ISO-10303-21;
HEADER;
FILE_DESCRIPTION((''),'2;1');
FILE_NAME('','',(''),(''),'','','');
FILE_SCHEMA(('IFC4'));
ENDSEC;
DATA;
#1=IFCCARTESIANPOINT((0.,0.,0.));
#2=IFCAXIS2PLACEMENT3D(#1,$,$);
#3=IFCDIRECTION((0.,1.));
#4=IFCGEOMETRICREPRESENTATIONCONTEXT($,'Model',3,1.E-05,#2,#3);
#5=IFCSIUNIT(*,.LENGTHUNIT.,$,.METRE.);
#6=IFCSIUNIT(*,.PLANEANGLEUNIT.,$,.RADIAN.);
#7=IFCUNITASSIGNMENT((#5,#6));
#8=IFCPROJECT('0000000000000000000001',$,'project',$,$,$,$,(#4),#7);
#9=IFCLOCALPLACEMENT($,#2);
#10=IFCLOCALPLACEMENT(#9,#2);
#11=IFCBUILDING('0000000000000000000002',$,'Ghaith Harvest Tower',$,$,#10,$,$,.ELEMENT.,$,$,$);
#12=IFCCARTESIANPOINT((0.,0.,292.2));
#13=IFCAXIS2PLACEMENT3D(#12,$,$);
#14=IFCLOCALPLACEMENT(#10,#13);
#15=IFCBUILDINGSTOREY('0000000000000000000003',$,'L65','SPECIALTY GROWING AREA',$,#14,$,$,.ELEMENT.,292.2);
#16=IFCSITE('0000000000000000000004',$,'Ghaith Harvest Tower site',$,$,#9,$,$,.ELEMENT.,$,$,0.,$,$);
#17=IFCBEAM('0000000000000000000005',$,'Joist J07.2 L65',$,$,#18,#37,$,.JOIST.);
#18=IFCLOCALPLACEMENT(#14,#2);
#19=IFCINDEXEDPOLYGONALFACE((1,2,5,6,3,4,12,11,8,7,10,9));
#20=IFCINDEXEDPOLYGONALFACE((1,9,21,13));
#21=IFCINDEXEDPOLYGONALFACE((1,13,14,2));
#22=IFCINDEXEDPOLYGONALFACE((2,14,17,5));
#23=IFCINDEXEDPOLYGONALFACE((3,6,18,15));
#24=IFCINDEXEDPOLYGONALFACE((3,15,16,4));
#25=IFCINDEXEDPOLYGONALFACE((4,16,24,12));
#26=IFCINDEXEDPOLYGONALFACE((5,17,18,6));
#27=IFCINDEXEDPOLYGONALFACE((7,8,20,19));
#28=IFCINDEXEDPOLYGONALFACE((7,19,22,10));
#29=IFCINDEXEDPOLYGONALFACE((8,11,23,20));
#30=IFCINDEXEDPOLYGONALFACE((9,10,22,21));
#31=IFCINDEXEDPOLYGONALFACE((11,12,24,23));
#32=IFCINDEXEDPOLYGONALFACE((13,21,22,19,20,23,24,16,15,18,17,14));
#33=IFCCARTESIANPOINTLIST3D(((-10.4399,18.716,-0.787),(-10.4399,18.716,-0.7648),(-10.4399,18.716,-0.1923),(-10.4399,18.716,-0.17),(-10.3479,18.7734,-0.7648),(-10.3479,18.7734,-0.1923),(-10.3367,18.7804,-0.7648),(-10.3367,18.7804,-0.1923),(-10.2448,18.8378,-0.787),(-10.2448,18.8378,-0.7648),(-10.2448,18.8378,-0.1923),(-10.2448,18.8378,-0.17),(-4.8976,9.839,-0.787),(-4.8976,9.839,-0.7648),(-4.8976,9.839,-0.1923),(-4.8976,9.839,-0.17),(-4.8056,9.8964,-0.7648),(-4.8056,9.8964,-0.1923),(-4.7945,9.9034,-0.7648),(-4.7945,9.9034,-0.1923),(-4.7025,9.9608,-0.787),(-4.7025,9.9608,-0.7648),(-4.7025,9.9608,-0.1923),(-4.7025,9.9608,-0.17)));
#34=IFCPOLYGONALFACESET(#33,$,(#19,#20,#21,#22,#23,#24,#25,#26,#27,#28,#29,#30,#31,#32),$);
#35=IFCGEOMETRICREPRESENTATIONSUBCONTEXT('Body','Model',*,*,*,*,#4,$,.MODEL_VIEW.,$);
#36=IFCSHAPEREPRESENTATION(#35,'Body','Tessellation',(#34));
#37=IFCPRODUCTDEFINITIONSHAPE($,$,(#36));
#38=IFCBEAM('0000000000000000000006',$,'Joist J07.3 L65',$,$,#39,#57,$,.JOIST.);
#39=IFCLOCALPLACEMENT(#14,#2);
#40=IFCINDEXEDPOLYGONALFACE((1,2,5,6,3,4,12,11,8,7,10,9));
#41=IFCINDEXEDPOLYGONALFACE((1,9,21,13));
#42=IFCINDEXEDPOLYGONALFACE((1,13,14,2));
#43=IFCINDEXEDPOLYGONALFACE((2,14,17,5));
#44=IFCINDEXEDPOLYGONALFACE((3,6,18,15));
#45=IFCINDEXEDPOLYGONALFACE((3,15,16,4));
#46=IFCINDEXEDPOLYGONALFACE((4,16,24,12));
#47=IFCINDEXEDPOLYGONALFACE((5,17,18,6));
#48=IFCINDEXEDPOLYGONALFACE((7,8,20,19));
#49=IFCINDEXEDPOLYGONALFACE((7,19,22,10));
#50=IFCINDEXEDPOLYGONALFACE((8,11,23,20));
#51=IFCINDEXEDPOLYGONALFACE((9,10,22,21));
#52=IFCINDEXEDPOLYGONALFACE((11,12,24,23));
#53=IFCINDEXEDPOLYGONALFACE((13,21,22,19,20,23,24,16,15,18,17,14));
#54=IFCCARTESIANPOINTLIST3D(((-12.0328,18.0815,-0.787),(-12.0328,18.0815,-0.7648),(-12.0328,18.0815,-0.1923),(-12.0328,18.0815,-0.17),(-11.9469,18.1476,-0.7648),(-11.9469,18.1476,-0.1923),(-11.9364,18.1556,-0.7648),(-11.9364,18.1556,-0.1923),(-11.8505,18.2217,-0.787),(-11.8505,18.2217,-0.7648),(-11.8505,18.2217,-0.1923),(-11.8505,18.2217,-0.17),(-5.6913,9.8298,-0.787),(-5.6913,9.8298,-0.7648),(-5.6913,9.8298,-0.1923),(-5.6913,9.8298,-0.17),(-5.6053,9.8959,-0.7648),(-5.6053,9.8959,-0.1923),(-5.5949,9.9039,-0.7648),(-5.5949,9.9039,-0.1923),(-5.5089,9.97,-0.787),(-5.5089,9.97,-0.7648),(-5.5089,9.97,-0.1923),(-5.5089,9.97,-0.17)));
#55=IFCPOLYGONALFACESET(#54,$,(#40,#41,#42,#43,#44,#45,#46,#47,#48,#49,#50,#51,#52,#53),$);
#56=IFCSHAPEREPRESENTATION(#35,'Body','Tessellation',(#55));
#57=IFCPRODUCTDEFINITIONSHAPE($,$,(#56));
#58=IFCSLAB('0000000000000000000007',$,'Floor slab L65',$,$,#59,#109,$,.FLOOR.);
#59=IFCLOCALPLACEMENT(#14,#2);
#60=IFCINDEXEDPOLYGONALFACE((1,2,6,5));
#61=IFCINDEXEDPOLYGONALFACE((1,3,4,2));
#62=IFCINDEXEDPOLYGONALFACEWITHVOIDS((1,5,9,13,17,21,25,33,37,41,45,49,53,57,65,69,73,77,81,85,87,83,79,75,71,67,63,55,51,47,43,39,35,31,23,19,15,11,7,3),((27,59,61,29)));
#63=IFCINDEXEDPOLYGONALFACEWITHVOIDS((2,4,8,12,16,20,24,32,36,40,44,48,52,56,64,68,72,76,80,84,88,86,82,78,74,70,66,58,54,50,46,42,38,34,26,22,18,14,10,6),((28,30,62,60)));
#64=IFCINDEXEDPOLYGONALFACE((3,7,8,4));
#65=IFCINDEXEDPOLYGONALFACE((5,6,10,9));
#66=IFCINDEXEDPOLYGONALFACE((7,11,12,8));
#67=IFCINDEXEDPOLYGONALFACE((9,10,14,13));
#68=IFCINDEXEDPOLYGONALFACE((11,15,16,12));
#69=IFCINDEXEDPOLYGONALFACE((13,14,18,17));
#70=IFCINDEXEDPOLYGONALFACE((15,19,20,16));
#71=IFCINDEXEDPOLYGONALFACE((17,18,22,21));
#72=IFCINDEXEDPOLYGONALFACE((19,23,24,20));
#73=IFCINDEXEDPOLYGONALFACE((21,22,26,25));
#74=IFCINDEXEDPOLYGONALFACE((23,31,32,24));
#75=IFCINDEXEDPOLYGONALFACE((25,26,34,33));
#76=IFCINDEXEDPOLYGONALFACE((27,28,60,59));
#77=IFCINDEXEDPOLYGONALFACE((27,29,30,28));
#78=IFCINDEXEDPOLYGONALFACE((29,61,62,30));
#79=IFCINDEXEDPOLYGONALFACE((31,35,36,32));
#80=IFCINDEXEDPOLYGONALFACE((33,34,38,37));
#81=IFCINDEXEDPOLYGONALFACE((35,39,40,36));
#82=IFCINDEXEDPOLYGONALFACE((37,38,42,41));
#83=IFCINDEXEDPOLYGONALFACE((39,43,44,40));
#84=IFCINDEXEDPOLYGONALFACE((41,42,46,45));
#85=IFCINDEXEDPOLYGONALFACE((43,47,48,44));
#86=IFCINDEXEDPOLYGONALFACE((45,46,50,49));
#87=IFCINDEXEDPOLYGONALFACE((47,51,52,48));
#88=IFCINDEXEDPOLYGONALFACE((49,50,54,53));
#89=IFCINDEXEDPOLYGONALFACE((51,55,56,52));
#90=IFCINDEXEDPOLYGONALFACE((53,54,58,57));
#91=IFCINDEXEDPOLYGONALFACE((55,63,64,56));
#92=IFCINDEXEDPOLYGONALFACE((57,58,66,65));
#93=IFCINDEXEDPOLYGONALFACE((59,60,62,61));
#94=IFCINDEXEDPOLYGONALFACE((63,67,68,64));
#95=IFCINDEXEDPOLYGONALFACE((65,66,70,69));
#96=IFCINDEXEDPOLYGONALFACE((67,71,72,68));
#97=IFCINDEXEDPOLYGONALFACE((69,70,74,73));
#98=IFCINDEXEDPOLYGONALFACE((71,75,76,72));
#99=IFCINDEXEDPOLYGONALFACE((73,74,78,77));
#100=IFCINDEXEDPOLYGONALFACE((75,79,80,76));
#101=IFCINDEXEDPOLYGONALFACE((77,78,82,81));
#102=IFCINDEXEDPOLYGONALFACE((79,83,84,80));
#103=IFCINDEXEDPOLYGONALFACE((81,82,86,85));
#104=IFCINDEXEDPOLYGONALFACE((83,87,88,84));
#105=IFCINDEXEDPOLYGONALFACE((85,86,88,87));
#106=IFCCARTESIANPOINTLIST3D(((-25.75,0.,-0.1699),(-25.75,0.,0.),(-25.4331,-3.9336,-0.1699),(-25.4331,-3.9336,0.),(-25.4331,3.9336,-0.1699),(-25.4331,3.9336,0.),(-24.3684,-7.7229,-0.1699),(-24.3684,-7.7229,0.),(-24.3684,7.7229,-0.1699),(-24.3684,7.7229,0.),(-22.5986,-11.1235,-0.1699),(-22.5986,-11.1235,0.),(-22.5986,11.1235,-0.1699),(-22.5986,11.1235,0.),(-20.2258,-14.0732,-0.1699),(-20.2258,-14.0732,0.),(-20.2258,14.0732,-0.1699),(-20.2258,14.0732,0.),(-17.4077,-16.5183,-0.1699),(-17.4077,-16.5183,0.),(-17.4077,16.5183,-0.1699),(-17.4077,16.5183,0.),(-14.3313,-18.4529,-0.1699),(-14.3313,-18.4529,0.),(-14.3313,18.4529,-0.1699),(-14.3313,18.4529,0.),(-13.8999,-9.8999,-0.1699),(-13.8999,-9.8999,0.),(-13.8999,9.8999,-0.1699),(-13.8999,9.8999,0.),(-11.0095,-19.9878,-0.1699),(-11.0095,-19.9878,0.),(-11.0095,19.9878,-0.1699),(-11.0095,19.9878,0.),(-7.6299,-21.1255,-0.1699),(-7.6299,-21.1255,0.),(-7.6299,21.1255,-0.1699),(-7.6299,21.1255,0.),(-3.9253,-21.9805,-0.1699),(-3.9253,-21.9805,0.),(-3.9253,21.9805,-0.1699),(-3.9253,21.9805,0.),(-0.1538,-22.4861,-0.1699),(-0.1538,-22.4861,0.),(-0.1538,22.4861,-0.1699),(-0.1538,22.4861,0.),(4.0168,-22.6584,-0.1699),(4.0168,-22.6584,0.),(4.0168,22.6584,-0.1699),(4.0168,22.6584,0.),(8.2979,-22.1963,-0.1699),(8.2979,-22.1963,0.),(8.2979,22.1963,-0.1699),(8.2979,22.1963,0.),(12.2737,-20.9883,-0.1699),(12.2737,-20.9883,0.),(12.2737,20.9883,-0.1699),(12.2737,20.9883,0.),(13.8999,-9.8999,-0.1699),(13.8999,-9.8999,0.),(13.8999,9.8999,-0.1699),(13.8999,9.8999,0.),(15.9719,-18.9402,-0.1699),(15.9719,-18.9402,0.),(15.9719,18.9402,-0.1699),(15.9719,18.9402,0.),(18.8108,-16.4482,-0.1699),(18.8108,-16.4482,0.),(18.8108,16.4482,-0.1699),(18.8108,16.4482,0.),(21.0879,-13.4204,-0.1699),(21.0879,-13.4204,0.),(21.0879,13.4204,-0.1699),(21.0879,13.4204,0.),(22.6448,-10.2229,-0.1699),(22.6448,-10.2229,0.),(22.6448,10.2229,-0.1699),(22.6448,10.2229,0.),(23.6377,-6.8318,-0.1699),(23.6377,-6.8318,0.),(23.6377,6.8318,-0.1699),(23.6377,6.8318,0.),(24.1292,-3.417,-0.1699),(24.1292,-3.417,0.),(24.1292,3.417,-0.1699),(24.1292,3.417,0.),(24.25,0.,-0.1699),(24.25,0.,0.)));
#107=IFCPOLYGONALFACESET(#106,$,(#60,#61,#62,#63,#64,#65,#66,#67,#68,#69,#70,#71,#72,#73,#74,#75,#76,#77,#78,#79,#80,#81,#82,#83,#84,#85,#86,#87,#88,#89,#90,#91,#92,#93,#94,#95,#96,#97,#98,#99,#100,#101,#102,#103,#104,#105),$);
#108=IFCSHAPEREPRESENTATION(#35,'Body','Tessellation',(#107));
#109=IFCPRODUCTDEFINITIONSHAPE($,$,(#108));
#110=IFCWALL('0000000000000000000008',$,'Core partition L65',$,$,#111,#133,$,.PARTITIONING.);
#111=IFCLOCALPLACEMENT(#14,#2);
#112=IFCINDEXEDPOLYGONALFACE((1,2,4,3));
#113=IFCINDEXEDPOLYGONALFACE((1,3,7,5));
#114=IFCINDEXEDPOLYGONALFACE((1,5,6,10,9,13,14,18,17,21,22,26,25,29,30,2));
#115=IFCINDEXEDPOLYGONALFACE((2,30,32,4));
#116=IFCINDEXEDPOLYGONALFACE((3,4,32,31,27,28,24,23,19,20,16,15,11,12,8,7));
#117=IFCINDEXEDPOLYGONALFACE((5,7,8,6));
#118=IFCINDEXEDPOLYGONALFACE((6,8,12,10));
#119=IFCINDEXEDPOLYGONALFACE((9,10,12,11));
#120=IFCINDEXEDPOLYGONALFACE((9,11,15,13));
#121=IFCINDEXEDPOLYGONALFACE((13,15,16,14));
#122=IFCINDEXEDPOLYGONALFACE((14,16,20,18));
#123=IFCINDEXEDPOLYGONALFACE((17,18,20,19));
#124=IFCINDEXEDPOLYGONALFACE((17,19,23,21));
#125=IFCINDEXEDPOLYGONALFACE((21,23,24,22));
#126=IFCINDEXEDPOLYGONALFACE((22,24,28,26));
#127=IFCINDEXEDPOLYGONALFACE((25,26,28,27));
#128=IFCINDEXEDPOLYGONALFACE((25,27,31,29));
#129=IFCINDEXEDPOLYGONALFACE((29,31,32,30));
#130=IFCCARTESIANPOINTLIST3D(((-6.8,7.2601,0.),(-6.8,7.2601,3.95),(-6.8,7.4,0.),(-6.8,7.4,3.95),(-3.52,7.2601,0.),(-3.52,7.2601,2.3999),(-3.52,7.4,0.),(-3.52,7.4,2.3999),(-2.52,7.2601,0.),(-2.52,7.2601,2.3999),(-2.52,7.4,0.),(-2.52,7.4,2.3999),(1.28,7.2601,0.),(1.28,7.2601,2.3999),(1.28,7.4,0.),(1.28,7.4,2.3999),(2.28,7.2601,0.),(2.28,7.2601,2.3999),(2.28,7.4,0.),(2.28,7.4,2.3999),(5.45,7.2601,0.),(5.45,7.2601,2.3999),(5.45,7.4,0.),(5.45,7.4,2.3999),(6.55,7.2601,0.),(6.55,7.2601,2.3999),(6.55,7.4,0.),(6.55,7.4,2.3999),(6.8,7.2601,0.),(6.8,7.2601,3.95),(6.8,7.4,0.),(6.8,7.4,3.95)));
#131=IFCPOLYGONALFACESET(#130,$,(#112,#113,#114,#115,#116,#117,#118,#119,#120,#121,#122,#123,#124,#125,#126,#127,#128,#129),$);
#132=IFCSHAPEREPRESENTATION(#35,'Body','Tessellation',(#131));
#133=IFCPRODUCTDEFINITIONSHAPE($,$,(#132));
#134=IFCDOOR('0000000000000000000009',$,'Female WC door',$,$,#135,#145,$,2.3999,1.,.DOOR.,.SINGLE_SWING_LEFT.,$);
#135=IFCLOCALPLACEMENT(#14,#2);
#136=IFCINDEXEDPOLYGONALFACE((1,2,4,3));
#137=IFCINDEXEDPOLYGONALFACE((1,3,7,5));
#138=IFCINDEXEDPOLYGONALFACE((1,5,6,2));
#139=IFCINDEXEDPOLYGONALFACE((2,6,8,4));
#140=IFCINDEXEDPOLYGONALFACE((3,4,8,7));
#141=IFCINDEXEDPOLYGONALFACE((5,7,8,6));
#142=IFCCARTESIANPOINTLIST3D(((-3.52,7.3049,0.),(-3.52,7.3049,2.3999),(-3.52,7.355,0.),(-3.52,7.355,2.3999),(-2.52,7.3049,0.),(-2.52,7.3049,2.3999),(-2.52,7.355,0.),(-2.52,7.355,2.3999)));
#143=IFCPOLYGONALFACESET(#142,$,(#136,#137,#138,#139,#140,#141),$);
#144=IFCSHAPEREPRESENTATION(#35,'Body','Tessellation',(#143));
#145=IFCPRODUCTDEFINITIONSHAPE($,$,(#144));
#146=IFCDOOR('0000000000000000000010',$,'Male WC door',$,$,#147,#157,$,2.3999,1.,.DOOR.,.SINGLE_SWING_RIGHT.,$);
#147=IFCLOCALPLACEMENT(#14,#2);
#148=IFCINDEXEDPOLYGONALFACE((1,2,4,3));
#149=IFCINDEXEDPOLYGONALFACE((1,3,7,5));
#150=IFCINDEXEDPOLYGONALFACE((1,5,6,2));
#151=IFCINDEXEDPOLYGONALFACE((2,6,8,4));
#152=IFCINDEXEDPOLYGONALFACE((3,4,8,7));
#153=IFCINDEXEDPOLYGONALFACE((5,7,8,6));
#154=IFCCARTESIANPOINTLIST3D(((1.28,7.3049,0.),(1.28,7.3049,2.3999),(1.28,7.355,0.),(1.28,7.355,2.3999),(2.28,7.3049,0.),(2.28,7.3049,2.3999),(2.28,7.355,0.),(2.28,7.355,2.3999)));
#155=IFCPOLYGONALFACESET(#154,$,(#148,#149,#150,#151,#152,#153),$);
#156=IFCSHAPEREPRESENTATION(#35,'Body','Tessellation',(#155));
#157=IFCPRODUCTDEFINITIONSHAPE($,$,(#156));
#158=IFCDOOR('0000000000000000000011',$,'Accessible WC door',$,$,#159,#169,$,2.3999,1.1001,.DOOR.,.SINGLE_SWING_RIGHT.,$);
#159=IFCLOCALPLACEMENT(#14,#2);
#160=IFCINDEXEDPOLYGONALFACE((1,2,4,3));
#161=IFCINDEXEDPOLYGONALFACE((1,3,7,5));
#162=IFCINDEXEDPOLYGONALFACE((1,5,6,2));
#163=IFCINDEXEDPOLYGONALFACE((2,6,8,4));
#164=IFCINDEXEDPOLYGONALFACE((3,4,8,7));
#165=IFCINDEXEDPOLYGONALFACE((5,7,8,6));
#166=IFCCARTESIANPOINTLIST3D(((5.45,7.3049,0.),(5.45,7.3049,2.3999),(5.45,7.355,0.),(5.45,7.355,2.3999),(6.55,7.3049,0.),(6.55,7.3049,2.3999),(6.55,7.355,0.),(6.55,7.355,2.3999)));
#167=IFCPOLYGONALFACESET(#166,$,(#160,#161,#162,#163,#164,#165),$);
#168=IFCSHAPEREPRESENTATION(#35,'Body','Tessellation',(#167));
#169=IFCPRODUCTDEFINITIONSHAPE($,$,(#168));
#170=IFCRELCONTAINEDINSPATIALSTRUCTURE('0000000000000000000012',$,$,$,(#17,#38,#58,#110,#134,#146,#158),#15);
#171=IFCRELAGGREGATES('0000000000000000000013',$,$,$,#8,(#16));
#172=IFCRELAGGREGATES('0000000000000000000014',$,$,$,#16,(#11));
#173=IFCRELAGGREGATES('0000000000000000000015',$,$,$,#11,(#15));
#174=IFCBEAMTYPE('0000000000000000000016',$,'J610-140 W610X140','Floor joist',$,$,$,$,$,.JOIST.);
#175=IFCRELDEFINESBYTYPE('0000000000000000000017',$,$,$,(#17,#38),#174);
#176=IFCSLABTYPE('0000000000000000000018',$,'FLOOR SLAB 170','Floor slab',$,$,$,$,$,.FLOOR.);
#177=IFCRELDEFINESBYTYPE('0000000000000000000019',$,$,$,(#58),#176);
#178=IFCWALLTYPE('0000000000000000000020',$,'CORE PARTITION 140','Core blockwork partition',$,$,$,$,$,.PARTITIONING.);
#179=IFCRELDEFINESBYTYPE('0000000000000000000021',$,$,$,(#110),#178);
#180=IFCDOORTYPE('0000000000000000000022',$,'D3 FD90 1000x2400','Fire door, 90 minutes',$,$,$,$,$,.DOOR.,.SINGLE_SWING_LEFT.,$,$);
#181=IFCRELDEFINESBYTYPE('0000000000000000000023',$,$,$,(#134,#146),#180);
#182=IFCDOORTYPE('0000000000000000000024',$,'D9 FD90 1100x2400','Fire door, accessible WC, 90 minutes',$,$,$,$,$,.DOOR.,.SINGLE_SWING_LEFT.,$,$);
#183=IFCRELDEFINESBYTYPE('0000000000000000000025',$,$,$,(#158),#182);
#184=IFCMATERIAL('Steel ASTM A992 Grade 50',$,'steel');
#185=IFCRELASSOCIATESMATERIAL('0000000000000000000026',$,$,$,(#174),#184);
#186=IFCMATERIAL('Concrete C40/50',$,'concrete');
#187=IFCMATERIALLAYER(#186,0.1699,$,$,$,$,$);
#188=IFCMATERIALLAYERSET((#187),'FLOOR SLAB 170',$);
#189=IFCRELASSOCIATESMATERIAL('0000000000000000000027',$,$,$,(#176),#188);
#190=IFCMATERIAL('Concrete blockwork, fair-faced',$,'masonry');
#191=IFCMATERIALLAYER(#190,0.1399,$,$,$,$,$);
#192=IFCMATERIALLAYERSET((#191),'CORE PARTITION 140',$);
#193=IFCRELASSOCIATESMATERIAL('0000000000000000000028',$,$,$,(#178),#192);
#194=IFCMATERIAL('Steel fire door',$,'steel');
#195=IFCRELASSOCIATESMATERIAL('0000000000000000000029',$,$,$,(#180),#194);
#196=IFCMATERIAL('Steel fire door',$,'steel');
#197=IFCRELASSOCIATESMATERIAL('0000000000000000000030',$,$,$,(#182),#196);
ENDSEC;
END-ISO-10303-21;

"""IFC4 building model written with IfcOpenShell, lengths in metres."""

from ifc_helpers import new_model, si_unit, direction, frame, frame_2d, origin, origin_2d, place, context, subcontext, project, spatial, polyline, rectangle, i_section, outline, extrude, material, layer, layer_set, material_profile, profile_set, type_object, element, fill, save


model = new_model("IFC4")

# Units and contexts
model_context = context("Model", 3, precision=1e-05, world=origin(), true_north=direction((0.0, 1.0)))
body_context = subcontext(model_context, "Body", "Model", "MODEL_VIEW")
ifc_project = project(units=[si_unit("LENGTHUNIT", "METRE"), si_unit("PLANEANGLEUNIT", "RADIAN")], contexts=[model_context])

# Site, building, storey
site_placement = place(None, origin())
site = spatial("IfcSite", under=ifc_project, at=site_placement, Name="Ghaith Harvest Tower site", CompositionType="ELEMENT", RefElevation=0.0)
building_placement = place(site_placement, origin())
building = spatial("IfcBuilding", under=site, at=building_placement, Name="Ghaith Harvest Tower", CompositionType="ELEMENT")
storey_placement = place(building_placement, frame((0.0, 0.0, 292.2)))
storey = spatial("IfcBuildingStorey", under=building, at=storey_placement, Name="L65", Description="SPECIALTY GROWING AREA", CompositionType="ELEMENT", Elevation=292.2)

# Beams
ifc_material_1 = material(Name="Steel ASTM A992 Grade 50", Category="steel")
ifc_material_profile_1 = material_profile(ifc_material_1, i_section(OverallWidth=0.23, OverallDepth=0.6169, WebThickness=0.0132, FlangeThickness=0.0222, at=origin_2d()), Name="W610X140")
ifc_profile_set_1 = profile_set([ifc_material_profile_1], Name="Steel ASTM A992 Grade 50")
beam_type_1 = type_object("IfcBeamType", Name="J610-140 W610X140", Description="Floor joist", PredefinedType="JOIST", material=ifc_profile_set_1)
beam_1_placement = place(storey_placement, frame((-4.8, 9.8999, -0.4785), z_axis=(-0.529596, 0.84825, 0.0), x_axis=(-0.84825, -0.529596, 0.0)))
element("IfcBeam", 1, at=beam_1_placement, inside=storey, type_object=beam_type_1, Name="Joist J07.2 L65", PredefinedType="JOIST", context=body_context, shape_type="SweptSolid", body=[
    extrude(i_section(OverallWidth=0.23, OverallDepth=0.6169, WebThickness=0.0132, FlangeThickness=0.0222, at=origin_2d()), origin(), (0.0, 0.0, 1.0), 10.4651),
])
beam_2_placement = place(storey_placement, frame((-5.6001, 9.8999, -0.4785), z_axis=(-0.609354, 0.792899, 0.0), x_axis=(-0.792899, -0.609354, 0.0)))
element("IfcBeam", 2, at=beam_2_placement, inside=storey, type_object=beam_type_1, Name="Joist J07.3 L65", PredefinedType="JOIST", context=body_context, shape_type="SweptSolid", body=[
    extrude(i_section(OverallWidth=0.23, OverallDepth=0.6169, WebThickness=0.0132, FlangeThickness=0.0222, at=origin_2d()), origin(), (0.0, 0.0, 1.0), 10.407),
])

# Slab
ifc_material_2 = material(Name="Concrete C40/50", Category="concrete")
ifc_layer_1 = layer(ifc_material_2, 0.1699)
ifc_layer_set_1 = layer_set([ifc_layer_1], Name="FLOOR SLAB 170")
slab_type = type_object("IfcSlabType", Name="FLOOR SLAB 170", Description="Floor slab", PredefinedType="FLOOR", material=ifc_layer_set_1)
slab_placement = place(storey_placement, frame((0.0, 0.0, -0.1699)))
element("IfcSlab", 3, at=slab_placement, inside=storey, type_object=slab_type, Name="Floor slab L65", PredefinedType="FLOOR", context=body_context, shape_type="SweptSolid", body=[
    extrude(outline(polyline([(24.25, 0.0), (24.1292, 3.417), (23.6377, 6.8318), (22.6448, 10.2229), (21.0879, 13.4204), (18.8108, 16.4482), (15.9719, 18.9402), (12.2737, 20.9883), (8.2979, 22.1963), (4.0168, 22.6584), (-0.1538, 22.4861), (-3.9253, 21.9805), (-7.6299, 21.1255), (-11.0095, 19.9878), (-14.3313, 18.4529), (-17.4077, 16.5183), (-20.2258, 14.0732), (-22.5986, 11.1235), (-24.3684, 7.7229), (-25.4331, 3.9336), (-25.75, 0.0), (-25.4331, -3.9336), (-24.3684, -7.7229), (-22.5986, -11.1235), (-20.2258, -14.0732), (-17.4077, -16.5183), (-14.3313, -18.4529), (-11.0095, -19.9878), (-7.6299, -21.1255), (-3.9253, -21.9805), (-0.1538, -22.4861), (4.0168, -22.6584), (8.2979, -22.1963), (12.2737, -20.9883), (15.9719, -18.9402), (18.8108, -16.4482), (21.0879, -13.4204), (22.6448, -10.2229), (23.6377, -6.8318), (24.1292, -3.417), (24.25, 0.0)]), holes=[polyline([(-13.8999, -9.8999), (13.8999, -9.8999), (13.8999, 9.8999), (-13.8999, 9.8999), (-13.8999, -9.8999)])]), origin(), (0.0, 0.0, 1.0), 0.1699),
])

# Wall, openings, doors
ifc_material_3 = material(Name="Concrete blockwork, fair-faced", Category="masonry")
ifc_layer_2 = layer(ifc_material_3, 0.1399)
ifc_layer_set_2 = layer_set([ifc_layer_2], Name="CORE PARTITION 140")
wall_type_1 = type_object("IfcWallType", Name="CORE PARTITION 140", Description="Core blockwork partition", PredefinedType="PARTITIONING", material=ifc_layer_set_2)
wall_1_placement = place(storey_placement, frame((-6.8, 7.3301, 0.0), z_axis=(0.0, 0.0, 1.0), x_axis=(1.0, 0.0, 0.0)))
wall_1 = element("IfcWall", 4, at=wall_1_placement, inside=storey, type_object=wall_type_1, Name="Core partition L65", PredefinedType="PARTITIONING", context=body_context, shape_type="SweptSolid", body=[
    extrude(rectangle(XDim=13.6001, YDim=0.1399, at=frame_2d((6.8, 0.0))), origin(), (0.0, 0.0, 1.0), 3.95),
])
opening_1_placement = place(wall_1_placement, frame((3.28, 0.0, 0.0)))
opening_1 = element("IfcOpeningElement", 5, at=opening_1_placement, cuts=wall_1, PredefinedType="OPENING", context=body_context, shape_type="SweptSolid", body=[
    extrude(rectangle(XDim=1.0, YDim=2.3999, at=frame_2d((0.5, 1.2))), frame((0.0, 0.0801, 0.0), z_axis=(0.0, -1.0, 0.0), x_axis=(1.0, 0.0, 0.0)), (0.0, 0.0, 1.0), 0.1599),
])
opening_2_placement = place(wall_1_placement, frame((8.0801, 0.0, 0.0)))
opening_2 = element("IfcOpeningElement", 6, at=opening_2_placement, cuts=wall_1, PredefinedType="OPENING", context=body_context, shape_type="SweptSolid", body=[
    extrude(rectangle(XDim=1.0, YDim=2.3999, at=frame_2d((0.5, 1.2))), frame((0.0, 0.0801, 0.0), z_axis=(0.0, -1.0, 0.0), x_axis=(1.0, 0.0, 0.0)), (0.0, 0.0, 1.0), 0.1599),
])
opening_3_placement = place(wall_1_placement, frame((12.25, 0.0, 0.0)))
opening_3 = element("IfcOpeningElement", 7, at=opening_3_placement, cuts=wall_1, PredefinedType="OPENING", context=body_context, shape_type="SweptSolid", body=[
    extrude(rectangle(XDim=1.1001, YDim=2.3999, at=frame_2d((0.55, 1.2))), frame((0.0, 0.0801, 0.0), z_axis=(0.0, -1.0, 0.0), x_axis=(1.0, 0.0, 0.0)), (0.0, 0.0, 1.0), 0.1599),
])
ifc_material_4 = material(Name="Steel fire door", Category="steel")
door_type_1 = type_object("IfcDoorType", Name="D3 FD90 1000x2400", Description="Fire door, 90 minutes", OperationType="SINGLE_SWING_LEFT", PredefinedType="DOOR", material=ifc_material_4)
door_1_placement = place(opening_1_placement, origin())
door_1 = element("IfcDoor", 8, at=door_1_placement, inside=storey, type_object=door_type_1, Name="Female WC door", OperationType="SINGLE_SWING_LEFT", OverallHeight=2.3999, OverallWidth=1.0, PredefinedType="DOOR", context=body_context, shape_type="SweptSolid", body=[
    extrude(rectangle(XDim=1.0, YDim=2.3999, at=frame_2d((0.5, 1.2))), frame((0.0, 0.0249, 0.0), z_axis=(0.0, -1.0, 0.0), x_axis=(1.0, 0.0, 0.0)), (0.0, 0.0, 1.0), 0.05),
])
fill(opening_1, door_1)
door_2_placement = place(opening_2_placement, origin())
door_2 = element("IfcDoor", 9, at=door_2_placement, inside=storey, type_object=door_type_1, Name="Male WC door", OperationType="SINGLE_SWING_RIGHT", OverallHeight=2.3999, OverallWidth=1.0, PredefinedType="DOOR", context=body_context, shape_type="SweptSolid", body=[
    extrude(rectangle(XDim=1.0, YDim=2.3999, at=frame_2d((0.5, 1.2))), frame((0.0, 0.0249, 0.0), z_axis=(0.0, -1.0, 0.0), x_axis=(1.0, 0.0, 0.0)), (0.0, 0.0, 1.0), 0.05),
])
fill(opening_2, door_2)
ifc_material_5 = material(Name="Steel fire door", Category="steel")
door_type_2 = type_object("IfcDoorType", Name="D9 FD90 1100x2400", Description="Fire door, accessible WC, 90 minutes", OperationType="SINGLE_SWING_LEFT", PredefinedType="DOOR", material=ifc_material_5)
door_3_placement = place(opening_3_placement, origin())
door_3 = element("IfcDoor", 10, at=door_3_placement, inside=storey, type_object=door_type_2, Name="Accessible WC door", OperationType="SINGLE_SWING_RIGHT", OverallHeight=2.3999, OverallWidth=1.1001, PredefinedType="DOOR", context=body_context, shape_type="SweptSolid", body=[
    extrude(rectangle(XDim=1.1001, YDim=2.3999, at=frame_2d((0.55, 1.2))), frame((0.0, 0.0249, 0.0), z_axis=(0.0, -1.0, 0.0), x_axis=(1.0, 0.0, 0.0)), (0.0, 0.0, 1.0), 0.05),
])
fill(opening_3, door_3)

save(model, "model.ifc")
